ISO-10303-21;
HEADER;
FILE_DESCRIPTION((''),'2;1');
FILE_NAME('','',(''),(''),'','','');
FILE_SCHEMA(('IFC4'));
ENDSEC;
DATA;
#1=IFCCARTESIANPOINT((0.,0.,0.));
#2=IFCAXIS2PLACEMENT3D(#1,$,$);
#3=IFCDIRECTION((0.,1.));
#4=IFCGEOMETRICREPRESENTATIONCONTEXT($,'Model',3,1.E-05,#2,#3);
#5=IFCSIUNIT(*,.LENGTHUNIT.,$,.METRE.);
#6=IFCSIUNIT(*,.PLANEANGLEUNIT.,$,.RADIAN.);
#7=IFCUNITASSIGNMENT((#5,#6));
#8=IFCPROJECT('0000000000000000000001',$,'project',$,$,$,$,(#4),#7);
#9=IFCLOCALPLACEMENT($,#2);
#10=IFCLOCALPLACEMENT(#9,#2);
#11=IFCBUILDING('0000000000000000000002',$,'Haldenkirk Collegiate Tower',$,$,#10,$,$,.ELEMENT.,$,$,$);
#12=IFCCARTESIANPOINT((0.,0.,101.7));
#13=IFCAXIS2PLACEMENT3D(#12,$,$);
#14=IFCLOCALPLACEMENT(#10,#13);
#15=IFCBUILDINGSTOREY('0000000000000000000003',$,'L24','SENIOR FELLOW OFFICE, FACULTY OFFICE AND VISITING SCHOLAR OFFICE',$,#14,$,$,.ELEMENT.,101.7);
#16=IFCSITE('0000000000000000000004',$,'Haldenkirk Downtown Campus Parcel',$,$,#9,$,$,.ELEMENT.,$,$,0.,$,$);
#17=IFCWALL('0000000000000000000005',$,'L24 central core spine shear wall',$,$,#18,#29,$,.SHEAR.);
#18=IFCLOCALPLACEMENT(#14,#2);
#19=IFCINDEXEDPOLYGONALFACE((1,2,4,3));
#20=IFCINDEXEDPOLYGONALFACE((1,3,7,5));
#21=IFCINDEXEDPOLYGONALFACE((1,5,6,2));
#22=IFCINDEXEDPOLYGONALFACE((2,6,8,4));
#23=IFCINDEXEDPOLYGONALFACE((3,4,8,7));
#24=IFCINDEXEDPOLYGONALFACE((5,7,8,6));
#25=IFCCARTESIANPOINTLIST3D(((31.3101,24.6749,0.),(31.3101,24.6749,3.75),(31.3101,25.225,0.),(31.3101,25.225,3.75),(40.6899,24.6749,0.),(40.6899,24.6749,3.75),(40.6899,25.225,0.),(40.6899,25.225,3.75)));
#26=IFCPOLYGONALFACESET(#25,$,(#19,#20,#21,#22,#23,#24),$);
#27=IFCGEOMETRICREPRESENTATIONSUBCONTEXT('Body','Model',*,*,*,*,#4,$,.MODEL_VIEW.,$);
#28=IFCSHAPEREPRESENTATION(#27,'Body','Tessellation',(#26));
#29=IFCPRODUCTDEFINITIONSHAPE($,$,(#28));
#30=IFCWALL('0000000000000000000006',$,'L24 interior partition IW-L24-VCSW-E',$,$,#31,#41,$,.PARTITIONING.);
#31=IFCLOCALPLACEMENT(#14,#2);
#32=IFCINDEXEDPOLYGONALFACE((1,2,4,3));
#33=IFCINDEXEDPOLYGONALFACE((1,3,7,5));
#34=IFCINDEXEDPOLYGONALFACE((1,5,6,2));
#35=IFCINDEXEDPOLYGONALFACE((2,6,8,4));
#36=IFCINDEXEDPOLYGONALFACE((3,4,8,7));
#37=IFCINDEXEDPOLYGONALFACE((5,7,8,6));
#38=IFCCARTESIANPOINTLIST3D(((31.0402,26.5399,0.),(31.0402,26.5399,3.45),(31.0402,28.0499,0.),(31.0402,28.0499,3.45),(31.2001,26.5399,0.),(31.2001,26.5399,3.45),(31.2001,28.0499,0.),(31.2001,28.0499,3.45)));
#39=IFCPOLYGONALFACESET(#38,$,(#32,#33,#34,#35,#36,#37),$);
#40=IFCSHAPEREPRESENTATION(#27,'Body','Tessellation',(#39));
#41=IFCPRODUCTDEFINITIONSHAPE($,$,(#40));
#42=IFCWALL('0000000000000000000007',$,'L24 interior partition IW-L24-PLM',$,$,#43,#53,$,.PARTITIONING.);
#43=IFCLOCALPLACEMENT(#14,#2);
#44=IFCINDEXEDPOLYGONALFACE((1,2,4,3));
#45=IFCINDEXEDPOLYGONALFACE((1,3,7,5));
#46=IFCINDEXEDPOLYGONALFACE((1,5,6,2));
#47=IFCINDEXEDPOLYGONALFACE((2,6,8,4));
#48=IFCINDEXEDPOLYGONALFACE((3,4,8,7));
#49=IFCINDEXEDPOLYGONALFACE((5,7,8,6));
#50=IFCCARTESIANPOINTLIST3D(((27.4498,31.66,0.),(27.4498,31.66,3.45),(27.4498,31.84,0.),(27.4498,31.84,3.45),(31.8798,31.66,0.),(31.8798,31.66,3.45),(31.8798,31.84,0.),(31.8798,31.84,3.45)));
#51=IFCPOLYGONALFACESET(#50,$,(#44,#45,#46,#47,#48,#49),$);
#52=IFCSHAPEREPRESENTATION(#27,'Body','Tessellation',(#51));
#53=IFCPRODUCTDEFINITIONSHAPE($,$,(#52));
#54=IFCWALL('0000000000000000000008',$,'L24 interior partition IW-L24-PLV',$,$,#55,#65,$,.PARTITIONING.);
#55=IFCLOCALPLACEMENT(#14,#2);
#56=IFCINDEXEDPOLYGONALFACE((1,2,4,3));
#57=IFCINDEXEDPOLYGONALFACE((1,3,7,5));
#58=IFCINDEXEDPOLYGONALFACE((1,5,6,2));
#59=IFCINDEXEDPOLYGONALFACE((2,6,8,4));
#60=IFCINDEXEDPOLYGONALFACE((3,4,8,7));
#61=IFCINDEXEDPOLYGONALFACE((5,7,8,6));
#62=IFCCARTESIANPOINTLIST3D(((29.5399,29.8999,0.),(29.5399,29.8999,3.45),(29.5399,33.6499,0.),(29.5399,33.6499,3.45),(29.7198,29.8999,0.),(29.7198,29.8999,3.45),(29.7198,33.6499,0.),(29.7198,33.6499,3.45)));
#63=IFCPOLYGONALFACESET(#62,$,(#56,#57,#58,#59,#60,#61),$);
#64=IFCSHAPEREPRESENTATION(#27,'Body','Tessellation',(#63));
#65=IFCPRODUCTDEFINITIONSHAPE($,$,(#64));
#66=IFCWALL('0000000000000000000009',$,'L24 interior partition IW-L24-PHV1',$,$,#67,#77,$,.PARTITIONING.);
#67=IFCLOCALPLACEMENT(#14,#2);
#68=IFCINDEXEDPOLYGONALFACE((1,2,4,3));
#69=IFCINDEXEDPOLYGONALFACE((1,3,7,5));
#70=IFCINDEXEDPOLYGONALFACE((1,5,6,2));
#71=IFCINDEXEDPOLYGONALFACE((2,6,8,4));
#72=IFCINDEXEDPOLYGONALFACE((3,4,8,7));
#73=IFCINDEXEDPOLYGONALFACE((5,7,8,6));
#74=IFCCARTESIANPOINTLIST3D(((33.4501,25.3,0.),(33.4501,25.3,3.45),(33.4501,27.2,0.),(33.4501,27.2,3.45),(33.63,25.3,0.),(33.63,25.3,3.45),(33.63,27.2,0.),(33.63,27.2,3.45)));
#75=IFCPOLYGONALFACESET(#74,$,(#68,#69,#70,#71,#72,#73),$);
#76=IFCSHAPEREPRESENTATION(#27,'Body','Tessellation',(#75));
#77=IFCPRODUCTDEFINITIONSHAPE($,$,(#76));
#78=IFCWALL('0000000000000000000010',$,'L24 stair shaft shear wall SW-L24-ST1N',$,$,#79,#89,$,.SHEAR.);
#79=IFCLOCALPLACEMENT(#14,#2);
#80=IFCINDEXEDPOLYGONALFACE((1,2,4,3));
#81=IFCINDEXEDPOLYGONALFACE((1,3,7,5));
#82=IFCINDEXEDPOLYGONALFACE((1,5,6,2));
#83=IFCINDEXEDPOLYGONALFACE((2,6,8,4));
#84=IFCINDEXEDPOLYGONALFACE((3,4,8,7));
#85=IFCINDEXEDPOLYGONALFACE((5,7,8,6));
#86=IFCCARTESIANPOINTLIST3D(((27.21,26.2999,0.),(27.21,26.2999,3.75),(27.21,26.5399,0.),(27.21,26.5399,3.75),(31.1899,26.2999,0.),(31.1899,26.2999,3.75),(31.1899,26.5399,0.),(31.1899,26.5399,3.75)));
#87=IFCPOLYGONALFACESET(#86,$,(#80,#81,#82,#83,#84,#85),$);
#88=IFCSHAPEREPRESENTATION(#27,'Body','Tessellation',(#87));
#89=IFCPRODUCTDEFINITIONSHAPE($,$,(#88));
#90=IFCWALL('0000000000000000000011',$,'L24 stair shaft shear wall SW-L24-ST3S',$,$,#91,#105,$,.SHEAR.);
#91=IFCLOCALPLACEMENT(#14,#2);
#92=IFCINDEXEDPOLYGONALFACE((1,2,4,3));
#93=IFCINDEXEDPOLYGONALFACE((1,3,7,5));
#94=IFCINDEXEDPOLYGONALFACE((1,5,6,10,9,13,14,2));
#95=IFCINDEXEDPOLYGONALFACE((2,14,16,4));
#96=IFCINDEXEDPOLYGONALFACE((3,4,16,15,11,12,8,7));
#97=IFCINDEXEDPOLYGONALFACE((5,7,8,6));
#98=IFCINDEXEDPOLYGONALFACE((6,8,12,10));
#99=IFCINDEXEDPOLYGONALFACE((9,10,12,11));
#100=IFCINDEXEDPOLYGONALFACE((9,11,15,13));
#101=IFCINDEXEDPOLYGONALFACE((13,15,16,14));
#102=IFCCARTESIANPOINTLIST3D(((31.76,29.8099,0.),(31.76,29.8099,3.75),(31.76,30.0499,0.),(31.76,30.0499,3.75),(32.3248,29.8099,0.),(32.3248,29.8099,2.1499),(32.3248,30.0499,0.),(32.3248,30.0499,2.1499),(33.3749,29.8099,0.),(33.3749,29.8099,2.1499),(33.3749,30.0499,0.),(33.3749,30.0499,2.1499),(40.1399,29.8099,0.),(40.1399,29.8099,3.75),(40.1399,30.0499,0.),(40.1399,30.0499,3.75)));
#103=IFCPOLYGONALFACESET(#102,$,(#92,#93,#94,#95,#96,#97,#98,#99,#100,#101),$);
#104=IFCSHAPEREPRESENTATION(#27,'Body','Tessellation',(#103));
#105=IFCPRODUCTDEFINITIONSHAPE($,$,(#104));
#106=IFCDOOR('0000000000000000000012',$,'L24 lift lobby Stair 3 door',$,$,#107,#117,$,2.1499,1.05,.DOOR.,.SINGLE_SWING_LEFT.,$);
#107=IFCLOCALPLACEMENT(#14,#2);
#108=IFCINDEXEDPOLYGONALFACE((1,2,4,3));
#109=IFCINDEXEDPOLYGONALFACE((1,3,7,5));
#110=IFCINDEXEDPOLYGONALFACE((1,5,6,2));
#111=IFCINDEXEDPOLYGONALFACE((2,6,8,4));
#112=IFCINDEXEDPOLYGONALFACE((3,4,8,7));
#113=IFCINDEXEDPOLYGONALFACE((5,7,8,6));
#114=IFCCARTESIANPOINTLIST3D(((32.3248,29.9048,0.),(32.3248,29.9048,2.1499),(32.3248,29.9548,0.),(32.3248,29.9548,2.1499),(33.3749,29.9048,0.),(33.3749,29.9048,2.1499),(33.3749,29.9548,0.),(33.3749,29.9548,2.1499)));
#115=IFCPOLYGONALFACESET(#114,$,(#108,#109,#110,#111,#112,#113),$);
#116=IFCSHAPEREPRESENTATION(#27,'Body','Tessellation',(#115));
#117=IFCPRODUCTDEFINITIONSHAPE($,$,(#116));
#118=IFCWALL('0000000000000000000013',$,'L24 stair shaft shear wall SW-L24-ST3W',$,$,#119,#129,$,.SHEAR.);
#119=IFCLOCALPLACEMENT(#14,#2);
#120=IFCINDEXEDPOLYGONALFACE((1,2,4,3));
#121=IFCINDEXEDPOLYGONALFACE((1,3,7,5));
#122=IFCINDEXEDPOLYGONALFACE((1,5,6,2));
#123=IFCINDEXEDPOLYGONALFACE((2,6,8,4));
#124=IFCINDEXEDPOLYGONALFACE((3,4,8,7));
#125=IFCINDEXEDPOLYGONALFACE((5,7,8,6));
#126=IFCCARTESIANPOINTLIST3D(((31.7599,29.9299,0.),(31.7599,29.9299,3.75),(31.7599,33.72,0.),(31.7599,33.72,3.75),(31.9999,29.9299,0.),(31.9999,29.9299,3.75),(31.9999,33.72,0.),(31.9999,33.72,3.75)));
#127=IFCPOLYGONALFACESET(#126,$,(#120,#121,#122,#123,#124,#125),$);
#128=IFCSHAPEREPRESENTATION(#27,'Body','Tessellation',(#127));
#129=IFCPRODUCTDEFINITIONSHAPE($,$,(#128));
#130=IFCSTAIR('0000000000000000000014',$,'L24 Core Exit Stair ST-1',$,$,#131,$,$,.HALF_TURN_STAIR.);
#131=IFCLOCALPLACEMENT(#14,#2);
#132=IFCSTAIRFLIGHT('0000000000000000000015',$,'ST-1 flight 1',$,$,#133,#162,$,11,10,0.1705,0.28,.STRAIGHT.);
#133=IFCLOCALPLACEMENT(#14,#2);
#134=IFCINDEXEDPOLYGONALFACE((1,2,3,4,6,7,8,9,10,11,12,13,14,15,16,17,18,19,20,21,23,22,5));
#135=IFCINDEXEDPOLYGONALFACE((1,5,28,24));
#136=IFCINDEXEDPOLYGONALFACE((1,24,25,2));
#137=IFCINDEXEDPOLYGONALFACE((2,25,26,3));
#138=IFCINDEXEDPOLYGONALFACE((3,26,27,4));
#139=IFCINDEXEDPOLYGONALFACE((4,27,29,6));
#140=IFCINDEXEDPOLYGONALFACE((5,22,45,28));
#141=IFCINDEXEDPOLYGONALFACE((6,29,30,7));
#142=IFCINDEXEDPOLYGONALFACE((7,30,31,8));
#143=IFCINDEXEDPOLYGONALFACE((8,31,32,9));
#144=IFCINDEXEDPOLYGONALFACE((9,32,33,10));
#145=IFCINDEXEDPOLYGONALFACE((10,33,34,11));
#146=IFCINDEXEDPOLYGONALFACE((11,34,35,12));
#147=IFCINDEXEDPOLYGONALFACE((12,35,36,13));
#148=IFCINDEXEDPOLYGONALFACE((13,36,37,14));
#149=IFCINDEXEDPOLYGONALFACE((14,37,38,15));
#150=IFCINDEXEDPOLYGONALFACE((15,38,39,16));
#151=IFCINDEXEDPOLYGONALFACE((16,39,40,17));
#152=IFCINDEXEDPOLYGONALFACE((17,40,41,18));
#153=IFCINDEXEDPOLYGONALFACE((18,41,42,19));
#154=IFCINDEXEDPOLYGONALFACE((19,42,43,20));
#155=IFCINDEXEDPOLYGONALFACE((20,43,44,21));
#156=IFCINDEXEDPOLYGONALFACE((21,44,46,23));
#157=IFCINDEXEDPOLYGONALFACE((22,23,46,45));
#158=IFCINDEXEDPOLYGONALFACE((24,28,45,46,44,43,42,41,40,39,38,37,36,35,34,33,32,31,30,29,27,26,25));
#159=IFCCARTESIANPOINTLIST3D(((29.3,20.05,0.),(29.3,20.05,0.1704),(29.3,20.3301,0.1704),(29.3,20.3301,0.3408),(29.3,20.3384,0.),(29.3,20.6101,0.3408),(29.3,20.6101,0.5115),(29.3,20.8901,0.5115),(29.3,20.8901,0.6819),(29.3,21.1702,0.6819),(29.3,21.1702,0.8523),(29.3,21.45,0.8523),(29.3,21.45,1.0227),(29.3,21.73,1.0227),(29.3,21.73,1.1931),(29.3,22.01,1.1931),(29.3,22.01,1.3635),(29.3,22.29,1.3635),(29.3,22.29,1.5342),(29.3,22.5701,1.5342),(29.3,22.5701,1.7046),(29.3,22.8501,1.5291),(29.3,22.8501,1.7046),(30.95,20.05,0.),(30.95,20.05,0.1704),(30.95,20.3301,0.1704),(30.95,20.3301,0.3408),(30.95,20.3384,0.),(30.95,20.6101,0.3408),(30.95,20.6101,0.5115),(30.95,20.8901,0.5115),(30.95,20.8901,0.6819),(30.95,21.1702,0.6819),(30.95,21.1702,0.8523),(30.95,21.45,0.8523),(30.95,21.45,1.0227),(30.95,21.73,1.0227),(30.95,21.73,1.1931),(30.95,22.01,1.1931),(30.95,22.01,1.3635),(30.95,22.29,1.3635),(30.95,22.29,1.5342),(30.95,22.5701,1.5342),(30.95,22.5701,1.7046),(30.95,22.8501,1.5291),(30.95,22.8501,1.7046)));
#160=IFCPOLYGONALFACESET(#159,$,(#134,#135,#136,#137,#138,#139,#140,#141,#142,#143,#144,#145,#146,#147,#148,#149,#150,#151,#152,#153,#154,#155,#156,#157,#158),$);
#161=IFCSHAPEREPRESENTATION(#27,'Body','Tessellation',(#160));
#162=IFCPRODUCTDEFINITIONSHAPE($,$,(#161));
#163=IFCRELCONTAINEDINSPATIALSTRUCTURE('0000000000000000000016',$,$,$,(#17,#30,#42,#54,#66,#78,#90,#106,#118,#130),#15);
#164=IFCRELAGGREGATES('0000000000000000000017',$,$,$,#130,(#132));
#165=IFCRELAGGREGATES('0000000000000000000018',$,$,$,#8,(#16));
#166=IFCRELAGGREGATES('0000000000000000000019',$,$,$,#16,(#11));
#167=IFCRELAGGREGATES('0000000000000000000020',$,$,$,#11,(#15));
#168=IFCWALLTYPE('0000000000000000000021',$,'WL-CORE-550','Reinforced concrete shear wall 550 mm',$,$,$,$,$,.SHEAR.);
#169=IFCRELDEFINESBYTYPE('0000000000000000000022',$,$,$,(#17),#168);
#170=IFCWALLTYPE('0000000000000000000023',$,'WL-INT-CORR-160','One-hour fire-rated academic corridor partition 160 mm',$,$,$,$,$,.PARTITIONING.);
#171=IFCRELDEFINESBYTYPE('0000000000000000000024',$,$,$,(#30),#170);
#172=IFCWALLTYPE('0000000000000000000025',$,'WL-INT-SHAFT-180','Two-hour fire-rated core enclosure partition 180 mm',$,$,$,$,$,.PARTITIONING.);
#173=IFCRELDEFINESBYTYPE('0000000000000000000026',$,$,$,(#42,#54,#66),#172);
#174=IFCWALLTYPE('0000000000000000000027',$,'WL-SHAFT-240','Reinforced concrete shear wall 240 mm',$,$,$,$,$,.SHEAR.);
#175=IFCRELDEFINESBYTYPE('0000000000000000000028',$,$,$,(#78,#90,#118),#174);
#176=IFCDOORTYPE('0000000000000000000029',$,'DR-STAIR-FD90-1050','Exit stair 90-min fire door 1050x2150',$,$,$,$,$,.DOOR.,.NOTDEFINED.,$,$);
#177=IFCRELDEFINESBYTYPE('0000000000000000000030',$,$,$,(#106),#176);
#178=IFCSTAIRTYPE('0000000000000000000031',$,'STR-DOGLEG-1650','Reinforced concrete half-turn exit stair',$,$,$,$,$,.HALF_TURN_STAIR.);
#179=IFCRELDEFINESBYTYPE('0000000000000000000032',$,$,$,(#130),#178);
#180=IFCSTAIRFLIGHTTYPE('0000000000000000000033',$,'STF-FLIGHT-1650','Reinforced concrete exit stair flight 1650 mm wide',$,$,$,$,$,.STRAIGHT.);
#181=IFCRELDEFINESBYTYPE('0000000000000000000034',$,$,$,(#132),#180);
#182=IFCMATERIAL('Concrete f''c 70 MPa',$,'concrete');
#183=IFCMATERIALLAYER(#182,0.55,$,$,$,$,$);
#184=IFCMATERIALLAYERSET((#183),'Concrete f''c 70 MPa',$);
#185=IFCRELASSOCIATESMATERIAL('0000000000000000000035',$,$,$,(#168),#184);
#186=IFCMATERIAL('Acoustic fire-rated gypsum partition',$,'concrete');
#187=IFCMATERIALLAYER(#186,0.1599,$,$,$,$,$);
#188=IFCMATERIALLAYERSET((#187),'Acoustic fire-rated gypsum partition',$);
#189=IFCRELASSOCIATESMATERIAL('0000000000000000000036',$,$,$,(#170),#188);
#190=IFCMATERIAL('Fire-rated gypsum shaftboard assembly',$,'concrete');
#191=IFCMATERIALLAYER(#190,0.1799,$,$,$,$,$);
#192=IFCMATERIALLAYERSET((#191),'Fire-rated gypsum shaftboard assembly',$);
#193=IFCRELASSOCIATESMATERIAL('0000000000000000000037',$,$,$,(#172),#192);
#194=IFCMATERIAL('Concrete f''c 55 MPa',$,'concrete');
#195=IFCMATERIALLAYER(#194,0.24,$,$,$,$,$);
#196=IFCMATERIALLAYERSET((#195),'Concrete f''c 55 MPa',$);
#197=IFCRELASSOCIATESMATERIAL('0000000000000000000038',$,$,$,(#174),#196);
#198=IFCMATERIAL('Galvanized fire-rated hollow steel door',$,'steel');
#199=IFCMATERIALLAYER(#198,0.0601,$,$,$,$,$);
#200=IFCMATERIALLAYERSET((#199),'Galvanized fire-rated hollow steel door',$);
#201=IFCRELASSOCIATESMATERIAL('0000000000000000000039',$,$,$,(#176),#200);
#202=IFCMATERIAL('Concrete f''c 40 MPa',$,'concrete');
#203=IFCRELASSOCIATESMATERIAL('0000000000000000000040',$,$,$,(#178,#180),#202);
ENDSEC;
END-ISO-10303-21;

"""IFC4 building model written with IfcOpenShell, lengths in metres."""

from ifc_helpers import new_model, si_unit, direction, frame, frame_2d, origin, place, context, subcontext, project, spatial, polyline, rectangle, outline, extrude, material, layer, layer_set, type_object, element, fill, aggregate, save


model = new_model("IFC4")

# Units and contexts
model_context = context("Model", 3, precision=1e-05, world=origin(), true_north=direction((0.0, 1.0)))
body_context = subcontext(model_context, "Body", "Model", "MODEL_VIEW")
ifc_project = project(units=[si_unit("LENGTHUNIT", "METRE"), si_unit("PLANEANGLEUNIT", "RADIAN")], contexts=[model_context])

# Site, building, storey
site_placement = place(None, origin())
site = spatial("IfcSite", under=ifc_project, at=site_placement, Name="Haldenkirk Downtown Campus Parcel", CompositionType="ELEMENT", RefElevation=0.0)
building_placement = place(site_placement, origin())
building = spatial("IfcBuilding", under=site, at=building_placement, Name="Haldenkirk Collegiate Tower", CompositionType="ELEMENT")
storey_placement = place(building_placement, frame((0.0, 0.0, 101.7)))
storey = spatial("IfcBuildingStorey", under=building, at=storey_placement, Name="L24", Description="SENIOR FELLOW OFFICE, FACULTY OFFICE AND VISITING SCHOLAR OFFICE", CompositionType="ELEMENT", Elevation=101.7)

# Walls
ifc_material_1 = material(Name="Concrete f'c 70 MPa", Category="concrete")
ifc_layer_1 = layer(ifc_material_1, 0.55)
ifc_layer_set_1 = layer_set([ifc_layer_1], Name="Concrete f'c 70 MPa")
wall_type_1 = type_object("IfcWallType", Name="WL-CORE-550", Description="Reinforced concrete shear wall 550 mm", PredefinedType="SHEAR", material=ifc_layer_set_1)
wall_1_placement = place(storey_placement, frame((31.3101, 24.95, 0.0), z_axis=(0.0, 0.0, 1.0), x_axis=(1.0, 0.0, 0.0)))
element("IfcWall", 1, at=wall_1_placement, inside=storey, type_object=wall_type_1, Name="L24 central core spine shear wall", PredefinedType="SHEAR", context=body_context, shape_type="SweptSolid", body=[
    extrude(rectangle(XDim=9.3799, YDim=0.55, at=frame_2d((4.6899, 0.0))), origin(), (0.0, 0.0, 1.0), 3.75),
])
ifc_material_2 = material(Name="Acoustic fire-rated gypsum partition", Category="concrete")
ifc_layer_2 = layer(ifc_material_2, 0.1599)
ifc_layer_set_2 = layer_set([ifc_layer_2], Name="Acoustic fire-rated gypsum partition")
wall_type_2 = type_object("IfcWallType", Name="WL-INT-CORR-160", Description="One-hour fire-rated academic corridor partition 160 mm", PredefinedType="PARTITIONING", material=ifc_layer_set_2)
wall_2_placement = place(storey_placement, frame((31.1201, 26.54, 0.0), z_axis=(0.0, 0.0, 1.0), x_axis=(0.0, 1.0, 0.0)))
element("IfcWall", 2, at=wall_2_placement, inside=storey, type_object=wall_type_2, Name="L24 interior partition IW-L24-VCSW-E", PredefinedType="PARTITIONING", context=body_context, shape_type="SweptSolid", body=[
    extrude(rectangle(XDim=1.51, YDim=0.1599, at=frame_2d((0.7549, 0.0))), origin(), (0.0, 0.0, 1.0), 3.45),
])

# Shared definitions
ifc_material_3 = material(Name="Fire-rated gypsum shaftboard assembly", Category="concrete")
ifc_layer_3 = layer(ifc_material_3, 0.1799)
ifc_layer_set_3 = layer_set([ifc_layer_3], Name="Fire-rated gypsum shaftboard assembly")
wall_type_3 = type_object("IfcWallType", Name="WL-INT-SHAFT-180", Description="Two-hour fire-rated core enclosure partition 180 mm", PredefinedType="PARTITIONING", material=ifc_layer_set_3)

# Walls
wall_3_placement = place(storey_placement, frame((27.45, 31.75, 0.0), z_axis=(0.0, 0.0, 1.0), x_axis=(1.0, 0.0, 0.0)))
element("IfcWall", 3, at=wall_3_placement, inside=storey, type_object=wall_type_3, Name="L24 interior partition IW-L24-PLM", PredefinedType="PARTITIONING", context=body_context, shape_type="SweptSolid", body=[
    extrude(rectangle(XDim=4.4299, YDim=0.1799, at=frame_2d((2.2148, 0.0))), origin(), (0.0, 0.0, 1.0), 3.45),
])
wall_4_placement = place(storey_placement, frame((29.6299, 29.8999, 0.0), z_axis=(0.0, 0.0, 1.0), x_axis=(0.0, 1.0, 0.0)))
element("IfcWall", 4, at=wall_4_placement, inside=storey, type_object=wall_type_3, Name="L24 interior partition IW-L24-PLV", PredefinedType="PARTITIONING", context=body_context, shape_type="SweptSolid", body=[
    extrude(rectangle(XDim=3.75, YDim=0.1799, at=frame_2d((1.875, 0.0))), origin(), (0.0, 0.0, 1.0), 3.45),
])

# Wall
wall_5_placement = place(storey_placement, frame((33.54, 25.3, 0.0), z_axis=(0.0, 0.0, 1.0), x_axis=(0.0, 1.0, 0.0)))
element("IfcWall", 5, at=wall_5_placement, inside=storey, type_object=wall_type_3, Name="L24 interior partition IW-L24-PHV1", PredefinedType="PARTITIONING", context=body_context, shape_type="SweptSolid", body=[
    extrude(rectangle(XDim=1.8999, YDim=0.1799, at=frame_2d((0.95, 0.0))), origin(), (0.0, 0.0, 1.0), 3.45),
])

# Shared definitions
ifc_material_4 = material(Name="Galvanized fire-rated hollow steel door", Category="steel")

# Wall
ifc_material_5 = material(Name="Concrete f'c 55 MPa", Category="concrete")
ifc_layer_4 = layer(ifc_material_5, 0.24)
ifc_layer_set_4 = layer_set([ifc_layer_4], Name="Concrete f'c 55 MPa")
wall_type_4 = type_object("IfcWallType", Name="WL-SHAFT-240", Description="Reinforced concrete shear wall 240 mm", PredefinedType="SHEAR", material=ifc_layer_set_4)
wall_6_placement = place(storey_placement, frame((27.21, 26.4199, 0.0), z_axis=(0.0, 0.0, 1.0), x_axis=(1.0, 0.0, 0.0)))
element("IfcWall", 6, at=wall_6_placement, inside=storey, type_object=wall_type_4, Name="L24 stair shaft shear wall SW-L24-ST1N", PredefinedType="SHEAR", context=body_context, shape_type="SweptSolid", body=[
    extrude(rectangle(XDim=3.98, YDim=0.24, at=frame_2d((1.99, 0.0))), origin(), (0.0, 0.0, 1.0), 3.75),
])

# Wall, opening, door
wall_7_placement = place(storey_placement, frame((31.76, 29.9299, 0.0), z_axis=(0.0, 0.0, 1.0), x_axis=(1.0, 0.0, 0.0)))
wall_7 = element("IfcWall", 7, at=wall_7_placement, inside=storey, type_object=wall_type_4, Name="L24 stair shaft shear wall SW-L24-ST3S", PredefinedType="SHEAR", context=body_context, shape_type="SweptSolid", body=[
    extrude(rectangle(XDim=8.3799, YDim=0.24, at=frame_2d((4.1899, 0.0))), origin(), (0.0, 0.0, 1.0), 3.75),
])
opening_1_placement = place(wall_7_placement, frame((0.5649, 0.0, 0.0)))
opening_1 = element("IfcOpeningElement", 8, at=opening_1_placement, cuts=wall_7, PredefinedType="OPENING", context=body_context, shape_type="SweptSolid", body=[
    extrude(rectangle(XDim=1.05, YDim=2.1499, at=frame_2d((0.5249, 1.075))), frame((0.0, 0.1299, 0.0), z_axis=(0.0, -1.0, 0.0), x_axis=(1.0, 0.0, 0.0)), (0.0, 0.0, 1.0), 0.26),
])
ifc_layer_5 = layer(ifc_material_4, 0.0601)
ifc_layer_set_5 = layer_set([ifc_layer_5], Name="Galvanized fire-rated hollow steel door")
door_type_1 = type_object("IfcDoorType", Name="DR-STAIR-FD90-1050", Description="Exit stair 90-min fire door 1050x2150", OperationType="NOTDEFINED", PredefinedType="DOOR", material=ifc_layer_set_5)
door_1_placement = place(opening_1_placement, origin())
door_1 = element("IfcDoor", 9, at=door_1_placement, inside=storey, type_object=door_type_1, Name="L24 lift lobby Stair 3 door", OperationType="SINGLE_SWING_LEFT", OverallHeight=2.1499, OverallWidth=1.05, PredefinedType="DOOR", context=body_context, shape_type="SweptSolid", body=[
    extrude(rectangle(XDim=1.05, YDim=2.1499, at=frame_2d((0.5249, 1.075))), frame((0.0, 0.0249, 0.0), z_axis=(0.0, -1.0, 0.0), x_axis=(1.0, 0.0, 0.0)), (0.0, 0.0, 1.0), 0.05),
])
fill(opening_1, door_1)

# Wall
wall_8_placement = place(storey_placement, frame((31.8799, 29.9299, 0.0), z_axis=(0.0, 0.0, 1.0), x_axis=(0.0, 1.0, 0.0)))
element("IfcWall", 10, at=wall_8_placement, inside=storey, type_object=wall_type_4, Name="L24 stair shaft shear wall SW-L24-ST3W", PredefinedType="SHEAR", context=body_context, shape_type="SweptSolid", body=[
    extrude(rectangle(XDim=3.79, YDim=0.24, at=frame_2d((1.895, 0.0))), origin(), (0.0, 0.0, 1.0), 3.75),
])

# Stair, stair flight
ifc_material_6 = material(Name="Concrete f'c 40 MPa", Category="concrete")
stair_type = type_object("IfcStairType", Name="STR-DOGLEG-1650", Description="Reinforced concrete half-turn exit stair", PredefinedType="HALF_TURN_STAIR", material=ifc_material_6)
stair_placement = place(storey_placement, origin())
stair = element("IfcStair", 11, at=stair_placement, inside=storey, type_object=stair_type, Name="L24 Core Exit Stair ST-1", PredefinedType="HALF_TURN_STAIR")
stair_flight_type = type_object("IfcStairFlightType", Name="STF-FLIGHT-1650", Description="Reinforced concrete exit stair flight 1650 mm wide", PredefinedType="STRAIGHT", material=ifc_material_6)
stair_flight_1_placement = place(storey_placement, frame((30.125, 20.05, 0.0), z_axis=(0.0, 0.0, 1.0), x_axis=(0.0, 1.0, 0.0)))
stair_flight_1 = element("IfcStairFlight", 12, at=stair_flight_1_placement, type_object=stair_flight_type, Name="ST-1 flight 1", NumberOfRisers=11, NumberOfTreads=10, PredefinedType="STRAIGHT", RiserHeight=0.1705, TreadLength=0.28, context=body_context, shape_type="SweptSolid", body=[
    extrude(outline(polyline([(0.0, 0.0), (0.0, 0.1704), (0.28, 0.1704), (0.28, 0.3408), (0.5601, 0.3408), (0.5601, 0.5115), (0.8401, 0.5115), (0.8401, 0.6819), (1.1201, 0.6819), (1.1201, 0.8523), (1.3999, 0.8523), (1.3999, 1.0227), (1.6799, 1.0227), (1.6799, 1.1931), (1.96, 1.1931), (1.96, 1.3635), (2.24, 1.3635), (2.24, 1.5342), (2.52, 1.5342), (2.52, 1.7046), (2.8, 1.7046), (2.8, 1.875), (2.8, 1.5291), (0.2883, 0.0), (0.0, 0.0)])), frame((0.0, 0.825, 0.0), z_axis=(0.0, -1.0, 0.0), x_axis=(1.0, 0.0, 0.0)), (0.0, 0.0, 1.0), 1.6499),
])
aggregate(stair, [stair_flight_1])

save(model, "model.ifc")
